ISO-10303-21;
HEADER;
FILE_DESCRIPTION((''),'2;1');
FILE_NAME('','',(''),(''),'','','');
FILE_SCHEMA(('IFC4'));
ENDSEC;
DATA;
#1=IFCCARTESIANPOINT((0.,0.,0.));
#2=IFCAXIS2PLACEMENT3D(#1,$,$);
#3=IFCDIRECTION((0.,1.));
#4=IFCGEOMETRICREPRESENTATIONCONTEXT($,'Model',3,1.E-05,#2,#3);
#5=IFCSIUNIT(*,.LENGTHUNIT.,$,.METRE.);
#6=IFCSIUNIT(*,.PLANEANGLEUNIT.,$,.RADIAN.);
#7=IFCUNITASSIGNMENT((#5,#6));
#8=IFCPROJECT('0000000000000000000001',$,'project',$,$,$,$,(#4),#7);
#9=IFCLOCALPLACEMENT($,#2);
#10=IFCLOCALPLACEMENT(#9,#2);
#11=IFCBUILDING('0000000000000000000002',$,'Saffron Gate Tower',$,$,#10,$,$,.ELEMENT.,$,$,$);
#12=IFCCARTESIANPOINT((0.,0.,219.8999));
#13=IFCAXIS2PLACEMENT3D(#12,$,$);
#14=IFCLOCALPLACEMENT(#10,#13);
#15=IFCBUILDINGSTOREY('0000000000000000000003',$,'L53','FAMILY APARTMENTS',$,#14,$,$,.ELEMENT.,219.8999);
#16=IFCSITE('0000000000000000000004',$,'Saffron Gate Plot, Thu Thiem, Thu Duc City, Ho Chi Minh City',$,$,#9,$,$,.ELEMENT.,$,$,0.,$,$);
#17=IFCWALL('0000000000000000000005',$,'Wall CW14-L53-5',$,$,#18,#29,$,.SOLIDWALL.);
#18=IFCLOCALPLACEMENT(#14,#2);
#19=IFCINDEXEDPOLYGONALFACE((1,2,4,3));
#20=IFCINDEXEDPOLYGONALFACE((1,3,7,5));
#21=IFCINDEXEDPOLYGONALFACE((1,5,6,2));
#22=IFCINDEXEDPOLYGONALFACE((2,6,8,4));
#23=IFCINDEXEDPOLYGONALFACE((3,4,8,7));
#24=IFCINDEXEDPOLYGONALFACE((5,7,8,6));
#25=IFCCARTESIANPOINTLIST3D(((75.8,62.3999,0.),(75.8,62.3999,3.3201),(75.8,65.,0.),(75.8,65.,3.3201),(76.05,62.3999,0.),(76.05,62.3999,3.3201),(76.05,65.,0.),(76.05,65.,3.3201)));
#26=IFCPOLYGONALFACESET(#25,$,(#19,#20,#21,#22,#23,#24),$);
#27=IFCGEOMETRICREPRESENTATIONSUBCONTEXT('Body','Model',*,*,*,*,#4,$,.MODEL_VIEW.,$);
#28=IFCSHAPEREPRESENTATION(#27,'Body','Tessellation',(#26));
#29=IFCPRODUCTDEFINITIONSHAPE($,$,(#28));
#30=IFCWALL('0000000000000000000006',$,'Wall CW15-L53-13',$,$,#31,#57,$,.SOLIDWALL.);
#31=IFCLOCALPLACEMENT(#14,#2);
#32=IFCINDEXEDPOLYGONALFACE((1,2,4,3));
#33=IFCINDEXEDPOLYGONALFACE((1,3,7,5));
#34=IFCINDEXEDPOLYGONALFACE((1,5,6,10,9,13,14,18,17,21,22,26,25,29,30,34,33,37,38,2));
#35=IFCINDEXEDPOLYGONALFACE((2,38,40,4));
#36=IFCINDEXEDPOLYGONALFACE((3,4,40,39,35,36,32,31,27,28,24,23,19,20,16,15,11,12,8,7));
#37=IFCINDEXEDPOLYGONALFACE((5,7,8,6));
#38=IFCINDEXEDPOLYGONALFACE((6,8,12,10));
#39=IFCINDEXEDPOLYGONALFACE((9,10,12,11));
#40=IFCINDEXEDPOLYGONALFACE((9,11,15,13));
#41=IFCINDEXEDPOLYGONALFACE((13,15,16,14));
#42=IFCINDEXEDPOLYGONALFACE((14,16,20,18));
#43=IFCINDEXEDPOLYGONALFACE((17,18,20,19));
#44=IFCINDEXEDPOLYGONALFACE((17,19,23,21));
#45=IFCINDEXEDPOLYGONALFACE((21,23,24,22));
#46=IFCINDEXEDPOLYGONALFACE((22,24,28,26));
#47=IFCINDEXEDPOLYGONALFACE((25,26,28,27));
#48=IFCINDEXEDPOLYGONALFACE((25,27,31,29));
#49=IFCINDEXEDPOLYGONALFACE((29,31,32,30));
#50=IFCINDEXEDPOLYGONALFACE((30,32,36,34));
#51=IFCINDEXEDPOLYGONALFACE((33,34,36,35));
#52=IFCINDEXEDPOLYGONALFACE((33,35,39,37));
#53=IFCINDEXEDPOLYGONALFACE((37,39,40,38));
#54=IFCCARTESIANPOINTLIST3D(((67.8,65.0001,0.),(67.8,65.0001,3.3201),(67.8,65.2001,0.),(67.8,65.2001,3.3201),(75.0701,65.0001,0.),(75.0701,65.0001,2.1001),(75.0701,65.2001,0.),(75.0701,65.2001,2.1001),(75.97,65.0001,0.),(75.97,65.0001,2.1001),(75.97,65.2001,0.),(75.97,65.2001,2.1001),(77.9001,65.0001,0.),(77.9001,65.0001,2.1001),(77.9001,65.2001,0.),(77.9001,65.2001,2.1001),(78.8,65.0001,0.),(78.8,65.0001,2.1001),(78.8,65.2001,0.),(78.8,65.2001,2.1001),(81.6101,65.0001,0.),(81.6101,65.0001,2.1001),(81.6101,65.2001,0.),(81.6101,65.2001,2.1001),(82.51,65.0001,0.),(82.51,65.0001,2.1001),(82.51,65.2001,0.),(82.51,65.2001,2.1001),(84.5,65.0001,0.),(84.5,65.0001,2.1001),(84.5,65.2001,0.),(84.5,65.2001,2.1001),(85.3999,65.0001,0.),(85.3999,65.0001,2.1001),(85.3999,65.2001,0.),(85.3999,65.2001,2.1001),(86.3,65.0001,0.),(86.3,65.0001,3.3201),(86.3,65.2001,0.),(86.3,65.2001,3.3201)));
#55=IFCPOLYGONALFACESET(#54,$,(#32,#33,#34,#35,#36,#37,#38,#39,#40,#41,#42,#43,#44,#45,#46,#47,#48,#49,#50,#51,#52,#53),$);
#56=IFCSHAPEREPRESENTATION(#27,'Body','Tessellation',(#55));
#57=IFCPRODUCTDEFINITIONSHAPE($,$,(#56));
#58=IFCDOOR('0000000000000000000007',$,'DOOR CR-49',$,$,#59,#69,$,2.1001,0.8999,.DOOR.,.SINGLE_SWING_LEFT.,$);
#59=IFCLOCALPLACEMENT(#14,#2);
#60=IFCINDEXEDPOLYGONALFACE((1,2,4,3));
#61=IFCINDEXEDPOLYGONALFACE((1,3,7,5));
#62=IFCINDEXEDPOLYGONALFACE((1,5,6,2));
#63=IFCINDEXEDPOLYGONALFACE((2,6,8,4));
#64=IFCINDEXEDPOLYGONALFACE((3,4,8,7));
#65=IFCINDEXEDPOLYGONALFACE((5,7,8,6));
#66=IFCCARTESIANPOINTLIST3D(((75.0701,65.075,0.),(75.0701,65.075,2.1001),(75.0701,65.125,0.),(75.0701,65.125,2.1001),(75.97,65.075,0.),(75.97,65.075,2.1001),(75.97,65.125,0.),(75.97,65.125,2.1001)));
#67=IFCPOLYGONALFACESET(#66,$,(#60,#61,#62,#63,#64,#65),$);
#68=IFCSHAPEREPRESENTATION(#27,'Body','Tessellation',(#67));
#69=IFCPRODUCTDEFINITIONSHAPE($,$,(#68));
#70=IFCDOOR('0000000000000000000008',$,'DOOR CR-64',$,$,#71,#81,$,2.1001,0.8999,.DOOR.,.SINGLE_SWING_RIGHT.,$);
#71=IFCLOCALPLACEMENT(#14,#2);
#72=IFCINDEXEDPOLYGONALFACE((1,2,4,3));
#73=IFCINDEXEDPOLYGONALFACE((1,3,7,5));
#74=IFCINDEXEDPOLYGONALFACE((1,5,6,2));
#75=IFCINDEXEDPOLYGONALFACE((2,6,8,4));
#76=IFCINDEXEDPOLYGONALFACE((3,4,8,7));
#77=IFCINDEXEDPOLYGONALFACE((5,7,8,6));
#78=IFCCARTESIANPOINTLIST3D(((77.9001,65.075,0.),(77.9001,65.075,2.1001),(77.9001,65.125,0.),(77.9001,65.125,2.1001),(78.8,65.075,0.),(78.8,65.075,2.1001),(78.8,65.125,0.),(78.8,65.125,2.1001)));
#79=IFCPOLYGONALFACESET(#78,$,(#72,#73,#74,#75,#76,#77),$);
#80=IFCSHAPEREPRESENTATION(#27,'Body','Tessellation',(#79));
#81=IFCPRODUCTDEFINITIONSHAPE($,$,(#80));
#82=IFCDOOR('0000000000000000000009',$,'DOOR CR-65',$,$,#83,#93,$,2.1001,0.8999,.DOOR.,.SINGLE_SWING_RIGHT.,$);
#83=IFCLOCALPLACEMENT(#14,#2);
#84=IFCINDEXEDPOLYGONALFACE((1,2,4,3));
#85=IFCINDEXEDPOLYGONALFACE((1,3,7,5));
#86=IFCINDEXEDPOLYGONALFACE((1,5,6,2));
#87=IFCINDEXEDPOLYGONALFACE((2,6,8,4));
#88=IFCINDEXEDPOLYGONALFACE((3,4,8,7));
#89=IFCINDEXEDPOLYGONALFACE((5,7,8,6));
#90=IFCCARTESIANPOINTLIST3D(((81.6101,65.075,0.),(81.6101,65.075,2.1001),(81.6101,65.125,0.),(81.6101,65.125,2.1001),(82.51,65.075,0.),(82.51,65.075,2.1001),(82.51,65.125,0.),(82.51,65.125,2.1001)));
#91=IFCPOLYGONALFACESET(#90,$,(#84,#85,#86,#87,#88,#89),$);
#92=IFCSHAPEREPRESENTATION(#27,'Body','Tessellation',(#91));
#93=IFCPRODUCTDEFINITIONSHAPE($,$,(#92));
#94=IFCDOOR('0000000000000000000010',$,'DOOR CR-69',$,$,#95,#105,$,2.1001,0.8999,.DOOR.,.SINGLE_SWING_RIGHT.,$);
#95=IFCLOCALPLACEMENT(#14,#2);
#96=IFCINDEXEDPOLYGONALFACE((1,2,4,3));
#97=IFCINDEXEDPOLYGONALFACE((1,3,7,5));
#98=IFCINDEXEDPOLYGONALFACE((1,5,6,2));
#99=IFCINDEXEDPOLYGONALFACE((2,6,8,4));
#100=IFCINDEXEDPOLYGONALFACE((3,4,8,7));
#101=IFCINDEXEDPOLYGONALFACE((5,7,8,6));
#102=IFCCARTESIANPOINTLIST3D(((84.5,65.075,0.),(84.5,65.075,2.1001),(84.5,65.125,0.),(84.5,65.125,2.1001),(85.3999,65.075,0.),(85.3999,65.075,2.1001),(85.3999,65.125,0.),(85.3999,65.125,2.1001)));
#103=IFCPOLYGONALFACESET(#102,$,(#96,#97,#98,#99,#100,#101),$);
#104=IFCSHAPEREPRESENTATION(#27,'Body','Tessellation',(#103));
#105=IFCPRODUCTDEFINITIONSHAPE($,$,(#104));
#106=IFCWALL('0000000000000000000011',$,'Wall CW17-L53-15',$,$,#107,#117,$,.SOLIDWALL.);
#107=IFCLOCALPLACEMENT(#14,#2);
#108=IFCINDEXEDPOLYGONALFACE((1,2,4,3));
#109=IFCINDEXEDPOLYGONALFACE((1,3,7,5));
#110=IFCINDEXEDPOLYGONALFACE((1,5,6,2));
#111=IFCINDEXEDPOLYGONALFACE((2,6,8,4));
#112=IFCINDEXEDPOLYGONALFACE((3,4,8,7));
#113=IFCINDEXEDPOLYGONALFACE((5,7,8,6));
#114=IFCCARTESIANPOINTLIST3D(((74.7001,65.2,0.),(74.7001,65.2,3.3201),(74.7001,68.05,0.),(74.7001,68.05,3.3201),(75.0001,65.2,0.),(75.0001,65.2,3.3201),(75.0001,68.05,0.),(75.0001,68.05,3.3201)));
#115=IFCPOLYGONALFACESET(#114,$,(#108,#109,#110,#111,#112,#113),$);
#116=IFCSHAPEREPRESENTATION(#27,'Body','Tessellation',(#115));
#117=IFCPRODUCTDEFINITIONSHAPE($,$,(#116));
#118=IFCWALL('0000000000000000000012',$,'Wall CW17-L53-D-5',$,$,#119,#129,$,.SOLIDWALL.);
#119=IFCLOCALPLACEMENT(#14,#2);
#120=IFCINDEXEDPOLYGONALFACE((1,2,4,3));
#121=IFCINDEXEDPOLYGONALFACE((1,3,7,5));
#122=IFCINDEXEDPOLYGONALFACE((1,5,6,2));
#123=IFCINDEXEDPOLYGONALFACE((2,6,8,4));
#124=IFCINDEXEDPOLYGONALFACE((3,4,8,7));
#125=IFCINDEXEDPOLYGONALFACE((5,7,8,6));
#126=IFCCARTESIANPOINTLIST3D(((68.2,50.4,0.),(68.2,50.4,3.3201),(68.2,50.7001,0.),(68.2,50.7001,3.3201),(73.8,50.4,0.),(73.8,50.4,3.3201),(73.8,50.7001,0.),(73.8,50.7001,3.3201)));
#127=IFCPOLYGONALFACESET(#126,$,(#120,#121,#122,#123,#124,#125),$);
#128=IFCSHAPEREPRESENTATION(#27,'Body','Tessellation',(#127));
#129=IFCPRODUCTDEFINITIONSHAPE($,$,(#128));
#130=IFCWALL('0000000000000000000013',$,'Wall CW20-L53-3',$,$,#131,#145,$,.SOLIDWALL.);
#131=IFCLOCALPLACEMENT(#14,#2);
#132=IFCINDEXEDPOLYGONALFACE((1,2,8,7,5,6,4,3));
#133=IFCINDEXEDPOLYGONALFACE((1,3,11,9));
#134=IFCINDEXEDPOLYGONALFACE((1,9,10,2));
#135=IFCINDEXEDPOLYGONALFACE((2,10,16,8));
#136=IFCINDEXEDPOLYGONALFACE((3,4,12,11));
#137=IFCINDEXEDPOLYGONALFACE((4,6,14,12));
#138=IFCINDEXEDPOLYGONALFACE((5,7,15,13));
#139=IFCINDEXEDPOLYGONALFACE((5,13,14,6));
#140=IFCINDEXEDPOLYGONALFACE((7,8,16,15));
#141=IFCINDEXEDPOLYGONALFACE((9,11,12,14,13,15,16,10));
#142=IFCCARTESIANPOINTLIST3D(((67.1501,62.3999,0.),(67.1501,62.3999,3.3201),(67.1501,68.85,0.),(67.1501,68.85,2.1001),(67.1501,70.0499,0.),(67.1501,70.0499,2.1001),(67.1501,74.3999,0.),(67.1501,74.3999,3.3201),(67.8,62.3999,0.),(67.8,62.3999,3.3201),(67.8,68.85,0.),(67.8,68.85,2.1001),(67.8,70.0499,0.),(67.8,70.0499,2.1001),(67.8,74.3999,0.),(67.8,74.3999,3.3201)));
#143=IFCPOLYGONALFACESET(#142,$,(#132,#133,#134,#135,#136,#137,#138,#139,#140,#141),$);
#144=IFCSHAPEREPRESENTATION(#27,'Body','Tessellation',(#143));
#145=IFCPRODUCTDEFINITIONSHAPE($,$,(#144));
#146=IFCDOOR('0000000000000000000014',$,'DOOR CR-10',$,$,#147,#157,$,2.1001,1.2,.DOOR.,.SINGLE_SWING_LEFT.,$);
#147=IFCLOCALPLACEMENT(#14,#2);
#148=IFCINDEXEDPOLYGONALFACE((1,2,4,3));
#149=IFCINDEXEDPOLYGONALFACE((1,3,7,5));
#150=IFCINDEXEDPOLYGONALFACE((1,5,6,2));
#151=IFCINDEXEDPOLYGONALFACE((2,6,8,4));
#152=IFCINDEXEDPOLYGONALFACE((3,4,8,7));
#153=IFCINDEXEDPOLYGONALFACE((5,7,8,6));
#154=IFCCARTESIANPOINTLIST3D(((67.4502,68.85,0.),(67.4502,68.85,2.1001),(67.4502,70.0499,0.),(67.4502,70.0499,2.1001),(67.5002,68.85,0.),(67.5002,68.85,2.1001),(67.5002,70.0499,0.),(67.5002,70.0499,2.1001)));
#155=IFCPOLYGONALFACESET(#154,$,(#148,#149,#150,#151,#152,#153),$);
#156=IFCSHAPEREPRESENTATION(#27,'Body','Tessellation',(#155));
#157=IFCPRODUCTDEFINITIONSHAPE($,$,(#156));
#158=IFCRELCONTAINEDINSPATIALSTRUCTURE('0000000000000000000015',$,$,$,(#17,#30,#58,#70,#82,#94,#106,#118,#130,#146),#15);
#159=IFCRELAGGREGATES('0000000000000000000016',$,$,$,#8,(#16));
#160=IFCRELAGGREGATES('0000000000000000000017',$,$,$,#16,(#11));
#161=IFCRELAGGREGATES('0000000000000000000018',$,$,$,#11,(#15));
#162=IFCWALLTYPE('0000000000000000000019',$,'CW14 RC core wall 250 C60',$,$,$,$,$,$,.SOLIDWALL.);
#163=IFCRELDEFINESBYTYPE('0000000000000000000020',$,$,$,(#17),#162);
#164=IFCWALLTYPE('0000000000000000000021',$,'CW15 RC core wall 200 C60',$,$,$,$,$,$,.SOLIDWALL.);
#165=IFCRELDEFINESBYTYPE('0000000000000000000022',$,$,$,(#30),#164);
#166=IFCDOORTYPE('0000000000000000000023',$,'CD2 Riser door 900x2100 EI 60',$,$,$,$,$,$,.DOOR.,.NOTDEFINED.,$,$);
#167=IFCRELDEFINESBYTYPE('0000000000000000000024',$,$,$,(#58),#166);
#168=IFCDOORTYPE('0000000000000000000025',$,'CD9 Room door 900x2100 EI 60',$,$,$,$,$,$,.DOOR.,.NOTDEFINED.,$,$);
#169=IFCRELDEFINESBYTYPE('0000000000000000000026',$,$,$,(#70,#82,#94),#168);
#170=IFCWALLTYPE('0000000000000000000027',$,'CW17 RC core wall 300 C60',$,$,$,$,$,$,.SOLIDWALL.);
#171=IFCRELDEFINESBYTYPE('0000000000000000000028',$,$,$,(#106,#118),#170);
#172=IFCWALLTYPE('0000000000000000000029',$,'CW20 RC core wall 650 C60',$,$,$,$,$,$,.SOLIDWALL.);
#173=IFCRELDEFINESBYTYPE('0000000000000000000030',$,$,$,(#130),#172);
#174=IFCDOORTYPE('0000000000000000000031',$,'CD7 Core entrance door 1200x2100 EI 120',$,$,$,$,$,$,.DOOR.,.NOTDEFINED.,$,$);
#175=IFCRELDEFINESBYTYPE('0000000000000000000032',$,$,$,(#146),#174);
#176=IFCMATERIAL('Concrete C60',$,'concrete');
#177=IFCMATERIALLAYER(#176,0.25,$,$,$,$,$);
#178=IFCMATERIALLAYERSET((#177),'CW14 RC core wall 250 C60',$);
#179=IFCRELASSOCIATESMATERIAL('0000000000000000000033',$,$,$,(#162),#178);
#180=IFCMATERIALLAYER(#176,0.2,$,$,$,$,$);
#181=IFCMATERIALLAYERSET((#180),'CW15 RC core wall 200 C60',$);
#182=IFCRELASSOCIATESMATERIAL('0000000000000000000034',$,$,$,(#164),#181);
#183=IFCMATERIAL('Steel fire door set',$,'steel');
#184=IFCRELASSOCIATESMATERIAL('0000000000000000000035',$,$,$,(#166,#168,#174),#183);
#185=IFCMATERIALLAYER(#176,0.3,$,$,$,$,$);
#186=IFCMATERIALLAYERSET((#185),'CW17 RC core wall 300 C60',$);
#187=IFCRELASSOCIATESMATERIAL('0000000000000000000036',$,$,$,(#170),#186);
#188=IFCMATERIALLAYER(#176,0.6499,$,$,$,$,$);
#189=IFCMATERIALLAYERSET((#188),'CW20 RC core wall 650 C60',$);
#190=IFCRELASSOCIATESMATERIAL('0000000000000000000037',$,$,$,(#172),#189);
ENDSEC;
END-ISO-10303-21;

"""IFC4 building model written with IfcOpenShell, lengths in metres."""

from ifc_helpers import new_model, si_unit, direction, frame, frame_2d, origin, place, context, subcontext, project, spatial, rectangle, extrude, material, layer, layer_set, type_object, element, fill, save


model = new_model("IFC4")

# Units and contexts
model_context = context("Model", 3, precision=1e-05, world=origin(), true_north=direction((0.0, 1.0)))
body_context = subcontext(model_context, "Body", "Model", "MODEL_VIEW")
ifc_project = project(units=[si_unit("LENGTHUNIT", "METRE"), si_unit("PLANEANGLEUNIT", "RADIAN")], contexts=[model_context])

# Site, building, storey
site_placement = place(None, origin())
site = spatial("IfcSite", under=ifc_project, at=site_placement, Name="Saffron Gate Plot, Thu Thiem, Thu Duc City, Ho Chi Minh City", CompositionType="ELEMENT", RefElevation=0.0)
building_placement = place(site_placement, origin())
building = spatial("IfcBuilding", under=site, at=building_placement, Name="Saffron Gate Tower", CompositionType="ELEMENT")
storey_placement = place(building_placement, frame((0.0, 0.0, 219.8999)))
storey = spatial("IfcBuildingStorey", under=building, at=storey_placement, Name="L53", Description="FAMILY APARTMENTS", CompositionType="ELEMENT", Elevation=219.8999)

# Wall
ifc_material_1 = material(Name="Concrete C60", Category="concrete")
ifc_layer_1 = layer(ifc_material_1, 0.25)
ifc_layer_set_1 = layer_set([ifc_layer_1], Name="CW14 RC core wall 250 C60")
wall_type_1 = type_object("IfcWallType", Name="CW14 RC core wall 250 C60", PredefinedType="SOLIDWALL", material=ifc_layer_set_1)
wall_1_placement = place(storey_placement, frame((75.925, 62.3999, 0.0), z_axis=(0.0, 0.0, 1.0), x_axis=(0.0, 1.0, 0.0)))
element("IfcWall", 1, at=wall_1_placement, inside=storey, type_object=wall_type_1, Name="Wall CW14-L53-5", PredefinedType="SOLIDWALL", context=body_context, shape_type="SweptSolid", body=[
    extrude(rectangle(XDim=2.6001, YDim=0.25, at=frame_2d((1.3, 0.0))), origin(), (0.0, 0.0, 1.0), 3.3201),
])

# Wall, openings, doors
ifc_layer_2 = layer(ifc_material_1, 0.2)
ifc_layer_set_2 = layer_set([ifc_layer_2], Name="CW15 RC core wall 200 C60")
wall_type_2 = type_object("IfcWallType", Name="CW15 RC core wall 200 C60", PredefinedType="SOLIDWALL", material=ifc_layer_set_2)
wall_2_placement = place(storey_placement, frame((67.8, 65.1001, 0.0), z_axis=(0.0, 0.0, 1.0), x_axis=(1.0, 0.0, 0.0)))
wall_2 = element("IfcWall", 2, at=wall_2_placement, inside=storey, type_object=wall_type_2, Name="Wall CW15-L53-13", PredefinedType="SOLIDWALL", context=body_context, shape_type="SweptSolid", body=[
    extrude(rectangle(XDim=18.5, YDim=0.2, at=frame_2d((9.25, 0.0))), origin(), (0.0, 0.0, 1.0), 3.3201),
])
opening_1_placement = place(wall_2_placement, frame((7.27, 0.0, 0.0)))
opening_1 = element("IfcOpeningElement", 3, at=opening_1_placement, cuts=wall_2, PredefinedType="OPENING", context=body_context, shape_type="SweptSolid", body=[
    extrude(rectangle(XDim=0.8999, YDim=2.1001, at=frame_2d((0.45, 1.05))), frame((0.0, 0.1099, 0.0), z_axis=(0.0, -1.0, 0.0), x_axis=(1.0, 0.0, 0.0)), (0.0, 0.0, 1.0), 0.22),
])
opening_2_placement = place(wall_2_placement, frame((10.1001, 0.0, 0.0)))
opening_2 = element("IfcOpeningElement", 4, at=opening_2_placement, cuts=wall_2, PredefinedType="OPENING", context=body_context, shape_type="SweptSolid", body=[
    extrude(rectangle(XDim=0.8999, YDim=2.1001, at=frame_2d((0.45, 1.05))), frame((0.0, 0.1099, 0.0), z_axis=(0.0, -1.0, 0.0), x_axis=(1.0, 0.0, 0.0)), (0.0, 0.0, 1.0), 0.22),
])
opening_3_placement = place(wall_2_placement, frame((13.8101, 0.0, 0.0)))
opening_3 = element("IfcOpeningElement", 5, at=opening_3_placement, cuts=wall_2, PredefinedType="OPENING", context=body_context, shape_type="SweptSolid", body=[
    extrude(rectangle(XDim=0.8999, YDim=2.1001, at=frame_2d((0.45, 1.05))), frame((0.0, 0.1099, 0.0), z_axis=(0.0, -1.0, 0.0), x_axis=(1.0, 0.0, 0.0)), (0.0, 0.0, 1.0), 0.22),
])
opening_4_placement = place(wall_2_placement, frame((16.7, 0.0, 0.0)))
opening_4 = element("IfcOpeningElement", 6, at=opening_4_placement, cuts=wall_2, PredefinedType="OPENING", context=body_context, shape_type="SweptSolid", body=[
    extrude(rectangle(XDim=0.8999, YDim=2.1001, at=frame_2d((0.45, 1.05))), frame((0.0, 0.1099, 0.0), z_axis=(0.0, -1.0, 0.0), x_axis=(1.0, 0.0, 0.0)), (0.0, 0.0, 1.0), 0.22),
])
ifc_material_2 = material(Name="Steel fire door set", Category="steel")
door_type_1 = type_object("IfcDoorType", Name="CD2 Riser door 900x2100 EI 60", OperationType="NOTDEFINED", PredefinedType="DOOR", material=ifc_material_2)
door_1_placement = place(opening_1_placement, origin())
door_1 = element("IfcDoor", 7, at=door_1_placement, inside=storey, type_object=door_type_1, Name="DOOR CR-49", OperationType="SINGLE_SWING_LEFT", OverallHeight=2.1001, OverallWidth=0.8999, PredefinedType="DOOR", context=body_context, shape_type="SweptSolid", body=[
    extrude(rectangle(XDim=0.8999, YDim=2.1001, at=frame_2d((0.45, 1.05))), frame((0.0, 0.0249, 0.0), z_axis=(0.0, -1.0, 0.0), x_axis=(1.0, 0.0, 0.0)), (0.0, 0.0, 1.0), 0.05),
])
fill(opening_1, door_1)
door_type_2 = type_object("IfcDoorType", Name="CD9 Room door 900x2100 EI 60", OperationType="NOTDEFINED", PredefinedType="DOOR", material=ifc_material_2)
door_2_placement = place(opening_2_placement, origin())
door_2 = element("IfcDoor", 8, at=door_2_placement, inside=storey, type_object=door_type_2, Name="DOOR CR-64", OperationType="SINGLE_SWING_RIGHT", OverallHeight=2.1001, OverallWidth=0.8999, PredefinedType="DOOR", context=body_context, shape_type="SweptSolid", body=[
    extrude(rectangle(XDim=0.8999, YDim=2.1001, at=frame_2d((0.45, 1.05))), frame((0.0, 0.0249, 0.0), z_axis=(0.0, -1.0, 0.0), x_axis=(1.0, 0.0, 0.0)), (0.0, 0.0, 1.0), 0.05),
])
fill(opening_2, door_2)
door_3_placement = place(opening_3_placement, origin())
door_3 = element("IfcDoor", 9, at=door_3_placement, inside=storey, type_object=door_type_2, Name="DOOR CR-65", OperationType="SINGLE_SWING_RIGHT", OverallHeight=2.1001, OverallWidth=0.8999, PredefinedType="DOOR", context=body_context, shape_type="SweptSolid", body=[
    extrude(rectangle(XDim=0.8999, YDim=2.1001, at=frame_2d((0.45, 1.05))), frame((0.0, 0.0249, 0.0), z_axis=(0.0, -1.0, 0.0), x_axis=(1.0, 0.0, 0.0)), (0.0, 0.0, 1.0), 0.05),
])
fill(opening_3, door_3)
door_4_placement = place(opening_4_placement, origin())
door_4 = element("IfcDoor", 10, at=door_4_placement, inside=storey, type_object=door_type_2, Name="DOOR CR-69", OperationType="SINGLE_SWING_RIGHT", OverallHeight=2.1001, OverallWidth=0.8999, PredefinedType="DOOR", context=body_context, shape_type="SweptSolid", body=[
    extrude(rectangle(XDim=0.8999, YDim=2.1001, at=frame_2d((0.45, 1.05))), frame((0.0, 0.0249, 0.0), z_axis=(0.0, -1.0, 0.0), x_axis=(1.0, 0.0, 0.0)), (0.0, 0.0, 1.0), 0.05),
])
fill(opening_4, door_4)

# Walls
ifc_layer_3 = layer(ifc_material_1, 0.3)
ifc_layer_set_3 = layer_set([ifc_layer_3], Name="CW17 RC core wall 300 C60")
wall_type_3 = type_object("IfcWallType", Name="CW17 RC core wall 300 C60", PredefinedType="SOLIDWALL", material=ifc_layer_set_3)
wall_3_placement = place(storey_placement, frame((74.8501, 65.2, 0.0), z_axis=(0.0, 0.0, 1.0), x_axis=(0.0, 1.0, 0.0)))
element("IfcWall", 11, at=wall_3_placement, inside=storey, type_object=wall_type_3, Name="Wall CW17-L53-15", PredefinedType="SOLIDWALL", context=body_context, shape_type="SweptSolid", body=[
    extrude(rectangle(XDim=2.8501, YDim=0.3, at=frame_2d((1.425, 0.0))), origin(), (0.0, 0.0, 1.0), 3.3201),
])
wall_4_placement = place(storey_placement, frame((68.2, 50.55, 0.0), z_axis=(0.0, 0.0, 1.0), x_axis=(1.0, 0.0, 0.0)))
element("IfcWall", 12, at=wall_4_placement, inside=storey, type_object=wall_type_3, Name="Wall CW17-L53-D-5", PredefinedType="SOLIDWALL", context=body_context, shape_type="SweptSolid", body=[
    extrude(rectangle(XDim=5.6001, YDim=0.3, at=frame_2d((2.8, 0.0))), origin(), (0.0, 0.0, 1.0), 3.3201),
])

# Wall, opening, door
ifc_layer_4 = layer(ifc_material_1, 0.6499)
ifc_layer_set_4 = layer_set([ifc_layer_4], Name="CW20 RC core wall 650 C60")
wall_type_4 = type_object("IfcWallType", Name="CW20 RC core wall 650 C60", PredefinedType="SOLIDWALL", material=ifc_layer_set_4)
wall_5_placement = place(storey_placement, frame((67.4751, 62.3999, 0.0), z_axis=(0.0, 0.0, 1.0), x_axis=(0.0, 1.0, 0.0)))
wall_5 = element("IfcWall", 13, at=wall_5_placement, inside=storey, type_object=wall_type_4, Name="Wall CW20-L53-3", PredefinedType="SOLIDWALL", context=body_context, shape_type="SweptSolid", body=[
    extrude(rectangle(XDim=12.0, YDim=0.6499, at=frame_2d((6.0, 0.0))), origin(), (0.0, 0.0, 1.0), 3.3201),
])
opening_5_placement = place(wall_5_placement, frame((6.45, 0.0, 0.0)))
opening_5 = element("IfcOpeningElement", 14, at=opening_5_placement, cuts=wall_5, PredefinedType="OPENING", context=body_context, shape_type="SweptSolid", body=[
    extrude(rectangle(XDim=1.2, YDim=2.1001, at=frame_2d((0.6001, 1.05))), frame((0.0, 0.335, 0.0), z_axis=(0.0, -1.0, 0.0), x_axis=(1.0, 0.0, 0.0)), (0.0, 0.0, 1.0), 0.6699),
])
door_type_3 = type_object("IfcDoorType", Name="CD7 Core entrance door 1200x2100 EI 120", OperationType="NOTDEFINED", PredefinedType="DOOR", material=ifc_material_2)
door_5_placement = place(opening_5_placement, origin())
door_5 = element("IfcDoor", 15, at=door_5_placement, inside=storey, type_object=door_type_3, Name="DOOR CR-10", OperationType="SINGLE_SWING_LEFT", OverallHeight=2.1001, OverallWidth=1.2, PredefinedType="DOOR", context=body_context, shape_type="SweptSolid", body=[
    extrude(rectangle(XDim=1.2, YDim=2.1001, at=frame_2d((0.6001, 1.05))), frame((0.0, 0.0249, 0.0), z_axis=(0.0, -1.0, 0.0), x_axis=(1.0, 0.0, 0.0)), (0.0, 0.0, 1.0), 0.05),
])
fill(opening_5, door_5)

save(model, "model.ifc")
